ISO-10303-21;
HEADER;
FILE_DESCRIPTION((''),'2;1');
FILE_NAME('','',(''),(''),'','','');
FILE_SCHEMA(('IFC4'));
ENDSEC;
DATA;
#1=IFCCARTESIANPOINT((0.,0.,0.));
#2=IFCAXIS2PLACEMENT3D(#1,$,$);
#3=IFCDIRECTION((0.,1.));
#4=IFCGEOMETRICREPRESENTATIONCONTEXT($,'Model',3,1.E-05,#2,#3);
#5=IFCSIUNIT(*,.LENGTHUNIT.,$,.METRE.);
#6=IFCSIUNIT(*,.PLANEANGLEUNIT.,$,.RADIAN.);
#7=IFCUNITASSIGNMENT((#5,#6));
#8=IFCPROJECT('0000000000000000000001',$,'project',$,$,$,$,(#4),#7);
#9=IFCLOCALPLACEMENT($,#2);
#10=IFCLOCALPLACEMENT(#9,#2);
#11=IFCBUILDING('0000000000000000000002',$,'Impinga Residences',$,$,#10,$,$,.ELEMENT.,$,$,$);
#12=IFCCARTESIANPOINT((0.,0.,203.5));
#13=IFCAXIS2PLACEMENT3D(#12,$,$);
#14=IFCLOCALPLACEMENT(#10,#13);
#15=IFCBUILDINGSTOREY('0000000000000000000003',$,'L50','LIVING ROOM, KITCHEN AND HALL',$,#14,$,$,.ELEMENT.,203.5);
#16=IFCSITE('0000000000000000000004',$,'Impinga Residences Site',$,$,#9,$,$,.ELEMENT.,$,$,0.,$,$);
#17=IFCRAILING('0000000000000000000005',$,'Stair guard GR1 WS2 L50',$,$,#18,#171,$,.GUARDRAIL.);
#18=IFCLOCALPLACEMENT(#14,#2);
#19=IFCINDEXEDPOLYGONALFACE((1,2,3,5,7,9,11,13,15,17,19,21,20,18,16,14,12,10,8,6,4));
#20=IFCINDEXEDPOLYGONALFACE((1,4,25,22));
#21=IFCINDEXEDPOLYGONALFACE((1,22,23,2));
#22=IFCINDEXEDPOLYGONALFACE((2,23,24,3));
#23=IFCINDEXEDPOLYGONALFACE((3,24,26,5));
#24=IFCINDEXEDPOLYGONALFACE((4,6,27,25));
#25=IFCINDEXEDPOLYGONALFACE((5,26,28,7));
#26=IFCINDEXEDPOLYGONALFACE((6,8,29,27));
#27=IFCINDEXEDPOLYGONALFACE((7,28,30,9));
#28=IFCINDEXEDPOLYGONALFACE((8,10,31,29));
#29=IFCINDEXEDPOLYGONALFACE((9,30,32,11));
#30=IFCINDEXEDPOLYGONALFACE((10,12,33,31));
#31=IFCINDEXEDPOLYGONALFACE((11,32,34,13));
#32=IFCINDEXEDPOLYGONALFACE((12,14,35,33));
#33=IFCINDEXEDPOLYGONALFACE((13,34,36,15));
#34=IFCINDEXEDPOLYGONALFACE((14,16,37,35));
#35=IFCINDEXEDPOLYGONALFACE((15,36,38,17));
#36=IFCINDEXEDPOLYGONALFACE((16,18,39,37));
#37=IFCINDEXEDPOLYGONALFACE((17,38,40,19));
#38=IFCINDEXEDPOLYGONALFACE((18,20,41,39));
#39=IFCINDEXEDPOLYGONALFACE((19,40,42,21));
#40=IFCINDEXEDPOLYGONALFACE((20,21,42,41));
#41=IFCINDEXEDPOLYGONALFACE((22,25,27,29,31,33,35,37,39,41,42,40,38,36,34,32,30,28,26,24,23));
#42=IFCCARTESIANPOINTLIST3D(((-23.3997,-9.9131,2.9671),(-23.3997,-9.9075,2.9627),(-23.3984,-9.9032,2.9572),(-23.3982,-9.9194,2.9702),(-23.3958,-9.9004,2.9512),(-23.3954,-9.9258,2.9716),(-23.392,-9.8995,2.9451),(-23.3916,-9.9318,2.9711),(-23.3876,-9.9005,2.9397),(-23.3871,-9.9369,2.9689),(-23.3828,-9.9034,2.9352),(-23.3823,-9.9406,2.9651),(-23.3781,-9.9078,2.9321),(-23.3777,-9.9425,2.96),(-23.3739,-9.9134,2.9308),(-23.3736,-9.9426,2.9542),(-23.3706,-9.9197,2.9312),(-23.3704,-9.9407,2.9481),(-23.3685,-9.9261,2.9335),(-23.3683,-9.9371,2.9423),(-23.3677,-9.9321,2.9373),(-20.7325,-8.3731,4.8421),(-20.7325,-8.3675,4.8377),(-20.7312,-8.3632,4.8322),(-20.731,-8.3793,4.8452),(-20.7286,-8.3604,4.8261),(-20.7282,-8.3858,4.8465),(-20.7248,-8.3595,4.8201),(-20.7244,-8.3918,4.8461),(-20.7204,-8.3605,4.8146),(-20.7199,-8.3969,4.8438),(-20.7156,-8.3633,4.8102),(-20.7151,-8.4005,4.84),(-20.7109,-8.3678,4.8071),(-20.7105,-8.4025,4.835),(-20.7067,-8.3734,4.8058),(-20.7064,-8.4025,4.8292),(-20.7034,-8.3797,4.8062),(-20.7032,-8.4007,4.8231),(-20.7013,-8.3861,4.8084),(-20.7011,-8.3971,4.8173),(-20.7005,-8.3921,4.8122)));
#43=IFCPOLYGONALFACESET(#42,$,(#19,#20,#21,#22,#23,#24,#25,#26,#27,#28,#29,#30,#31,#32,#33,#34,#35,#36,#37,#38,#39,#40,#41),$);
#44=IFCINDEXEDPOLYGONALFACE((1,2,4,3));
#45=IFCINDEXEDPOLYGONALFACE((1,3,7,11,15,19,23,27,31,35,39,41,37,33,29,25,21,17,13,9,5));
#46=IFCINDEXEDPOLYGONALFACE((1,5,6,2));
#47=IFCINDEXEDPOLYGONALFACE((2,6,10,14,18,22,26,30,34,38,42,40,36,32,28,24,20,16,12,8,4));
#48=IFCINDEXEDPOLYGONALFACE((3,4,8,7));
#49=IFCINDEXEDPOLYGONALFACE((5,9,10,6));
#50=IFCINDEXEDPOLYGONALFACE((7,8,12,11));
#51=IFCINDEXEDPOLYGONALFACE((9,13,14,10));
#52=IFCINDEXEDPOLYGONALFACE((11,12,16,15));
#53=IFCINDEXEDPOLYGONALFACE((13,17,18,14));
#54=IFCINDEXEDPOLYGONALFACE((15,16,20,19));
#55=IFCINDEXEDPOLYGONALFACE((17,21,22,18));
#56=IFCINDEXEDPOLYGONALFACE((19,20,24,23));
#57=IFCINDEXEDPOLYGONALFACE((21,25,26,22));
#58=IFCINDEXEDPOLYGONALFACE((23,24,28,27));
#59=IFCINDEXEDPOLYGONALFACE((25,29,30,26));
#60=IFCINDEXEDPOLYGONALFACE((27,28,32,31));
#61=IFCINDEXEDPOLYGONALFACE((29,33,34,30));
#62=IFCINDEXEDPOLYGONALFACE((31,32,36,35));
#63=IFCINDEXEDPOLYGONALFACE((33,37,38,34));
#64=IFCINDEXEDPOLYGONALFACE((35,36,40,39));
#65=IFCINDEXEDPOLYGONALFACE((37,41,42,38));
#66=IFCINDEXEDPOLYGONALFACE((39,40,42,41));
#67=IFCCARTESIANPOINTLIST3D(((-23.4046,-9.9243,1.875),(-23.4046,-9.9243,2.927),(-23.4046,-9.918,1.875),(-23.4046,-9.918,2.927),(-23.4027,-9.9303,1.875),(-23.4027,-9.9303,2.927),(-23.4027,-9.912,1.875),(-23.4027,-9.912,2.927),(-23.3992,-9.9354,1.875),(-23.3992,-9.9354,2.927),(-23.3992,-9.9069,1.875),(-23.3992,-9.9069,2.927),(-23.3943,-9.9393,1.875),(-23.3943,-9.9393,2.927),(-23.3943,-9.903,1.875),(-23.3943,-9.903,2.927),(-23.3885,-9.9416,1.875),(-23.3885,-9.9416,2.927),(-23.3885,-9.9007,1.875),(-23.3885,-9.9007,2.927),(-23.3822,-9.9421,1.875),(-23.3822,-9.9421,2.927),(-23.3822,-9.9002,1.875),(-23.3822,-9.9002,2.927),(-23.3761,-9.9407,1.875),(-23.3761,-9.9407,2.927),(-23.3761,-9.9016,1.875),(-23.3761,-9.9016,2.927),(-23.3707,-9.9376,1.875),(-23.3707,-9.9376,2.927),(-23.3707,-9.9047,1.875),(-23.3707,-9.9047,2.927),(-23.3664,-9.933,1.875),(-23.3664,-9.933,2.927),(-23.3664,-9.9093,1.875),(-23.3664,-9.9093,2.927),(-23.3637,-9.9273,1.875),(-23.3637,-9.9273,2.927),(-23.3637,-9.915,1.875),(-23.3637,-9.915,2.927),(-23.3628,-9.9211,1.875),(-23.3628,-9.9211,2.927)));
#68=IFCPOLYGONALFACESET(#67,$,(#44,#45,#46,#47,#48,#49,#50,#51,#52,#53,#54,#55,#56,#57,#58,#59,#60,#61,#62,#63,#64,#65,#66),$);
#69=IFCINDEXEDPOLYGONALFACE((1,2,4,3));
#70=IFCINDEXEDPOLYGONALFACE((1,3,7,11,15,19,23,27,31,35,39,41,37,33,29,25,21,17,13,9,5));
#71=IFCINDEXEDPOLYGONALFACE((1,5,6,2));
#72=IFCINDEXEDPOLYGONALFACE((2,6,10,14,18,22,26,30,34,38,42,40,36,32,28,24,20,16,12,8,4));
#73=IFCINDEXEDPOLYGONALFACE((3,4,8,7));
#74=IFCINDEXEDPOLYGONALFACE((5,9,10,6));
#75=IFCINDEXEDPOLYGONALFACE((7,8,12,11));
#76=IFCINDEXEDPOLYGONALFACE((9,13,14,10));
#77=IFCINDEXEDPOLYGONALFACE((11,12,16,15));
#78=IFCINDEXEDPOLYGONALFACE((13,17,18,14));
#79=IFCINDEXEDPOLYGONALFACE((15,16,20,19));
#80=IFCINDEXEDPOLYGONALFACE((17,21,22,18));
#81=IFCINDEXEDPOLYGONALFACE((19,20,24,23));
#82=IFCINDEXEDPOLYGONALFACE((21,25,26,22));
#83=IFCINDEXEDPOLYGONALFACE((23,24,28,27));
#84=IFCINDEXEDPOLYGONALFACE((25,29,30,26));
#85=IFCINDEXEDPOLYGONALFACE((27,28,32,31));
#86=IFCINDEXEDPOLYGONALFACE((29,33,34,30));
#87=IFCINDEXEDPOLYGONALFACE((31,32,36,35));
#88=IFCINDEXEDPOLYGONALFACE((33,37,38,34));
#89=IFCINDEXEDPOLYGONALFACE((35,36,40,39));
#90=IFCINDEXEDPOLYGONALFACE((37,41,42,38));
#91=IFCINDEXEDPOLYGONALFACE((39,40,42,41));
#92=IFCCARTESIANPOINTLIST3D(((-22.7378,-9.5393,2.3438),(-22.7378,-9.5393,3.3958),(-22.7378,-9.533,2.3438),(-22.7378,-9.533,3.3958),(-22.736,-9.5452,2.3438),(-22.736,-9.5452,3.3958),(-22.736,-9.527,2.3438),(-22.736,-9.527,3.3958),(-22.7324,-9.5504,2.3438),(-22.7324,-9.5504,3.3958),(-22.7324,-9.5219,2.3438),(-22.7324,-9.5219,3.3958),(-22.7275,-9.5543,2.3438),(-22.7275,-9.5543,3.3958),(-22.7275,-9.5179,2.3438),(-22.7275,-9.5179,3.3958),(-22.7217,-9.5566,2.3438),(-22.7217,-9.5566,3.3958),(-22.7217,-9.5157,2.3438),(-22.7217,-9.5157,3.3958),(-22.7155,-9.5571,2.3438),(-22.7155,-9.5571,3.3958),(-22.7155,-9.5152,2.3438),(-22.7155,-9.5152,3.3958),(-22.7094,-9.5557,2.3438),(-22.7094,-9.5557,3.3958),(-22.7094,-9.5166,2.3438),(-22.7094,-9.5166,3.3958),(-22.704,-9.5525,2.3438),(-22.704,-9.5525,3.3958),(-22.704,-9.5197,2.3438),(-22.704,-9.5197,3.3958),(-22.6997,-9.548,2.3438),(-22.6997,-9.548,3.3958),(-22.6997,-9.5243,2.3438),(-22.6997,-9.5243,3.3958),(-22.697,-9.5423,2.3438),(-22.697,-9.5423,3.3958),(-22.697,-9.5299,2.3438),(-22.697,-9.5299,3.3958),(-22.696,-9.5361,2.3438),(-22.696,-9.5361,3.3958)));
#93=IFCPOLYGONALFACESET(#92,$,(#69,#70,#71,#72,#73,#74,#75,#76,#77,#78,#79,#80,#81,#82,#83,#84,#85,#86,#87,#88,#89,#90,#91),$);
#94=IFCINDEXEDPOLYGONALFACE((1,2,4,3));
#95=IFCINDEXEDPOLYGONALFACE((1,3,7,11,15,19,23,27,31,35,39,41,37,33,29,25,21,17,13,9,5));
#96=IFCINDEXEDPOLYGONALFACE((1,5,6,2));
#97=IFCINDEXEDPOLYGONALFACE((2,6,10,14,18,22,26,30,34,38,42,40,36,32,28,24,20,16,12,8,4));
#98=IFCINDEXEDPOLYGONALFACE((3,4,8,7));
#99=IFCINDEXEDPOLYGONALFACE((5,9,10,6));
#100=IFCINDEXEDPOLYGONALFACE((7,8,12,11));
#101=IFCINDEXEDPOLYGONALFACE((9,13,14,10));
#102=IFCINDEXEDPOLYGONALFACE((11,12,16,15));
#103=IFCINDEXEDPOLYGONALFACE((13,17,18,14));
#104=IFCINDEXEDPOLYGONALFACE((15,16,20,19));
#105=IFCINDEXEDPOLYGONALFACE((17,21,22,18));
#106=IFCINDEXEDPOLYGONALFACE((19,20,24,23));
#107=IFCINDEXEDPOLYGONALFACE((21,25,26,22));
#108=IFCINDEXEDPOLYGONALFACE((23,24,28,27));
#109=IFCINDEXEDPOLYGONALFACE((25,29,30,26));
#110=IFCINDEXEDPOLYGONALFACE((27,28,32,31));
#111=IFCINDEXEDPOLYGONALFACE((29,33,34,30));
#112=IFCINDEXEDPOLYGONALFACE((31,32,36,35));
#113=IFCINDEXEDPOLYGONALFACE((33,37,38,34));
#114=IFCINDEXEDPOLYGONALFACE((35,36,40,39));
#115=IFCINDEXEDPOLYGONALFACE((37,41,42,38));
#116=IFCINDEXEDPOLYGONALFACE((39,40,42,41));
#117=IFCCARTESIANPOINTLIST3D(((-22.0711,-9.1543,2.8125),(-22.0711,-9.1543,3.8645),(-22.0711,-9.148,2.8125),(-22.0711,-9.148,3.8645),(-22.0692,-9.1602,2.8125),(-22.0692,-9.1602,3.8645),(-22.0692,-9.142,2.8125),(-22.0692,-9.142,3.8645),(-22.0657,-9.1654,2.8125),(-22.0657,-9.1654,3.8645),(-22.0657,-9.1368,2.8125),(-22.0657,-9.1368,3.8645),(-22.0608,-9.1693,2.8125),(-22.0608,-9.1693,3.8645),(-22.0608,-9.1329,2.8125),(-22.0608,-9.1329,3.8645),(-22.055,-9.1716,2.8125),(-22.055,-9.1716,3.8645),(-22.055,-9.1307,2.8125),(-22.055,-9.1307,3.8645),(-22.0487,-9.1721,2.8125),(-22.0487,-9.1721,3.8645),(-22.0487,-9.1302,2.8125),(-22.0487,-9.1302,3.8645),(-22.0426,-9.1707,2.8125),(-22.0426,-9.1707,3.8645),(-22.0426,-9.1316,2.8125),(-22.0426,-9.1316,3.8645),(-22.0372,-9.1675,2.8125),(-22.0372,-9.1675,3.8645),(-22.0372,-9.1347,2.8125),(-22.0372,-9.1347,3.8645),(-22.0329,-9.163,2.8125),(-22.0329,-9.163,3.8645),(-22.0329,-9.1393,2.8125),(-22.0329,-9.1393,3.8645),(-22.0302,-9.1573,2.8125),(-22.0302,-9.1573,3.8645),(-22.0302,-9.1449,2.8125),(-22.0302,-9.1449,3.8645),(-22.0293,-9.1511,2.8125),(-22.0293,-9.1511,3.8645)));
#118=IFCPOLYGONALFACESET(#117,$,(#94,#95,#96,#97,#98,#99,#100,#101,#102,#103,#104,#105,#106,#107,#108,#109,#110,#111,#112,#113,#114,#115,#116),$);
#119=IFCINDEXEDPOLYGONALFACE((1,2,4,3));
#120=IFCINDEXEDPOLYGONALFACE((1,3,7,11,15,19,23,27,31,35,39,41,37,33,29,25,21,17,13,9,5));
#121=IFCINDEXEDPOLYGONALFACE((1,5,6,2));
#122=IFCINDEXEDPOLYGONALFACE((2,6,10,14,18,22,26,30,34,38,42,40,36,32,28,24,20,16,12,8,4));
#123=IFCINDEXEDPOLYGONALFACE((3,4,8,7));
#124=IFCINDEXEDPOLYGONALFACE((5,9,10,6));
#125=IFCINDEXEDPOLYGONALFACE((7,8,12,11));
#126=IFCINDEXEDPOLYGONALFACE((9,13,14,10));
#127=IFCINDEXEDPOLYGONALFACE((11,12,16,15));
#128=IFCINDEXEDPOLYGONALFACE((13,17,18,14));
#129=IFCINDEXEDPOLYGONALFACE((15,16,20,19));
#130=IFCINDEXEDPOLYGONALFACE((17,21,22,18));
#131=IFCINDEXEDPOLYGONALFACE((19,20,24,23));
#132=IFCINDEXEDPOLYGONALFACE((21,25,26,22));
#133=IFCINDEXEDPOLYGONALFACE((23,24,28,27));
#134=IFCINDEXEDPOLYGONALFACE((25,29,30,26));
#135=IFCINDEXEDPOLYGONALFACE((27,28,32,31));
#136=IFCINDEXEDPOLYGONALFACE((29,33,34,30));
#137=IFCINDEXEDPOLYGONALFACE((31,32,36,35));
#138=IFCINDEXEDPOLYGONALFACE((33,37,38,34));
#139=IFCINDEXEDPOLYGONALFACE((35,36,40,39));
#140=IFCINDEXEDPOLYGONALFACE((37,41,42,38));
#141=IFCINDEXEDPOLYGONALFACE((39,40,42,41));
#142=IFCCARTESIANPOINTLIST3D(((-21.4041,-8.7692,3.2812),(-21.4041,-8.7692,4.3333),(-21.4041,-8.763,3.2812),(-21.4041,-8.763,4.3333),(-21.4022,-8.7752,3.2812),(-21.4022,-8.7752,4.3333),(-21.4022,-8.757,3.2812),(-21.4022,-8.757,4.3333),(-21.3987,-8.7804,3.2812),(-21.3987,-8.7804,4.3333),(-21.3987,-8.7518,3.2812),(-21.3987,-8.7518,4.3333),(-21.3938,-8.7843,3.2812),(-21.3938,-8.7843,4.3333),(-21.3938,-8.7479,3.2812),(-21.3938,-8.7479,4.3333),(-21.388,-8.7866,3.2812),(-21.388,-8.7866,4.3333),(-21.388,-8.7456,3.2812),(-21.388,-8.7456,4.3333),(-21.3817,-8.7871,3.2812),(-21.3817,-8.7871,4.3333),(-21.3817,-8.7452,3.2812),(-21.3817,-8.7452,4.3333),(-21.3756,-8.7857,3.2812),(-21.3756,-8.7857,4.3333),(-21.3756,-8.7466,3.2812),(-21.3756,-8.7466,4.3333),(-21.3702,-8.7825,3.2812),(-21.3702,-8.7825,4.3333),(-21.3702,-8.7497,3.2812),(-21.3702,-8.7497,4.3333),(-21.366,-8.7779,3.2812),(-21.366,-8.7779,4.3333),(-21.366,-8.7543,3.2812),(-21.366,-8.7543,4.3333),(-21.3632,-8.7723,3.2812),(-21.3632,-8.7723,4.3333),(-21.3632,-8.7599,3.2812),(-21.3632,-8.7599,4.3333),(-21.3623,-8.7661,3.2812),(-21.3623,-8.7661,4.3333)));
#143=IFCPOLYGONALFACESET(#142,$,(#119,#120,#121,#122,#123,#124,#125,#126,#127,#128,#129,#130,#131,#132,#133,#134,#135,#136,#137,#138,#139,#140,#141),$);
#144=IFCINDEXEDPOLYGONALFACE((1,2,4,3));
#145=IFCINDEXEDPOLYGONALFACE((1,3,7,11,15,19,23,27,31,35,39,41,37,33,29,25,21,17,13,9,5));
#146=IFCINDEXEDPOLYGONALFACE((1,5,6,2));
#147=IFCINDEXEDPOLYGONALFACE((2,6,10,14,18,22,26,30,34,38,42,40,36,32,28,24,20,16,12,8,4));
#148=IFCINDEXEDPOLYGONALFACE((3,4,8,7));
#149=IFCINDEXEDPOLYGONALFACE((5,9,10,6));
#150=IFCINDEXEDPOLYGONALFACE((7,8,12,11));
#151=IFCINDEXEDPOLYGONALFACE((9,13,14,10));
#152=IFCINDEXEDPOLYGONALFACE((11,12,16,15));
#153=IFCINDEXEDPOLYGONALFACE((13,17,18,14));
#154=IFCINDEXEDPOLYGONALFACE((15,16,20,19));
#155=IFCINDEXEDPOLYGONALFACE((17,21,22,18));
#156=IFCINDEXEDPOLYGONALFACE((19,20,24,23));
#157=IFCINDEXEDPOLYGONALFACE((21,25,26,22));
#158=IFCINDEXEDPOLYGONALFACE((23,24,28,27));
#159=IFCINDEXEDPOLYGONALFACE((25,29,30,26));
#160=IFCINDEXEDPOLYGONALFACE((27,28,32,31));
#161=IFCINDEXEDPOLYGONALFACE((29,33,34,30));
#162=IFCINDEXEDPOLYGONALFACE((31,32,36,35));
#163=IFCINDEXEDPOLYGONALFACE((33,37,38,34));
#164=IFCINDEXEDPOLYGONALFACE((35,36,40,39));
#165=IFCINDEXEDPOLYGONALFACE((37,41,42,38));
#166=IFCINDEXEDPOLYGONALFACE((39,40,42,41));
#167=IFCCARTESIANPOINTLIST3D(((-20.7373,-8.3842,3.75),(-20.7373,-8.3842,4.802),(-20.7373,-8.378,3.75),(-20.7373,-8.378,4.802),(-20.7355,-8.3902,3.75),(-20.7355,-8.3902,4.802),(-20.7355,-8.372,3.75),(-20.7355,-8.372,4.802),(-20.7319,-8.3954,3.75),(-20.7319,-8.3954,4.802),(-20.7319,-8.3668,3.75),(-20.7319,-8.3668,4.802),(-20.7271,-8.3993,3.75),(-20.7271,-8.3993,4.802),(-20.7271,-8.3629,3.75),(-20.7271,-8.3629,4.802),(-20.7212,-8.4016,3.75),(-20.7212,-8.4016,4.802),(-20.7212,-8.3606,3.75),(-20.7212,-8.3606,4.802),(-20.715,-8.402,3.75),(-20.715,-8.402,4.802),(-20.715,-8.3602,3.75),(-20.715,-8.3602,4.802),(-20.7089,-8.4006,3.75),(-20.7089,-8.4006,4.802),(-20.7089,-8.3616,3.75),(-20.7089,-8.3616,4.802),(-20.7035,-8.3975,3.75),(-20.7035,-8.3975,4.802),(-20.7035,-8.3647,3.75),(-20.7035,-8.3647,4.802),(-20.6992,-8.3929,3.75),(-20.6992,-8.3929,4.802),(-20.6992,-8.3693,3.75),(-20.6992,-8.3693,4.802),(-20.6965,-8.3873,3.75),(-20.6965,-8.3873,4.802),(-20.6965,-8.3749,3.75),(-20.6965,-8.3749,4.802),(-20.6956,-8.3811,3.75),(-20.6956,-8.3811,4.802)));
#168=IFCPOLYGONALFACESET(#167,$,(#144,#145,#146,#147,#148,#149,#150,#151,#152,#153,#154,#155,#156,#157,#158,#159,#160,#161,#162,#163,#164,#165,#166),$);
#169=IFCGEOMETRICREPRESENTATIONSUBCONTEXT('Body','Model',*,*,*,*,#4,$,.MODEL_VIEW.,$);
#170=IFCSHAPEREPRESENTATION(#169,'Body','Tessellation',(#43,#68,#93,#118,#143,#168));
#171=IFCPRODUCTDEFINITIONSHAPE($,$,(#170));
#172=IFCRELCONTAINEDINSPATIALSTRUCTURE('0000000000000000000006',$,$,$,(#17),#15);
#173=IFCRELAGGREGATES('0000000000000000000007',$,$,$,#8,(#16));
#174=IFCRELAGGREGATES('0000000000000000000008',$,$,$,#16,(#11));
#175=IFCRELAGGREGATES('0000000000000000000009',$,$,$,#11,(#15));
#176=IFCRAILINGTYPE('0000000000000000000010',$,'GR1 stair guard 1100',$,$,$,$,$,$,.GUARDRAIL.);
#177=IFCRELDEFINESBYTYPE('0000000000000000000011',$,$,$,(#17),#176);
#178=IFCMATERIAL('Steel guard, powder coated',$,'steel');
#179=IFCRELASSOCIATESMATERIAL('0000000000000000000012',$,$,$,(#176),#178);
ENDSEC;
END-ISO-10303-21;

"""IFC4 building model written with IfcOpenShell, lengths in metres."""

from ifc_helpers import new_model, si_unit, direction, frame, origin, origin_2d, place, context, subcontext, project, spatial, circle, extrude, material, type_object, element, save


model = new_model("IFC4")

# Units and contexts
model_context = context("Model", 3, precision=1e-05, world=origin(), true_north=direction((0.0, 1.0)))
body_context = subcontext(model_context, "Body", "Model", "MODEL_VIEW")
ifc_project = project(units=[si_unit("LENGTHUNIT", "METRE"), si_unit("PLANEANGLEUNIT", "RADIAN")], contexts=[model_context])

# Site, building, storey
site_placement = place(None, origin())
site = spatial("IfcSite", under=ifc_project, at=site_placement, Name="Impinga Residences Site", CompositionType="ELEMENT", RefElevation=0.0)
building_placement = place(site_placement, origin())
building = spatial("IfcBuilding", under=site, at=building_placement, Name="Impinga Residences", CompositionType="ELEMENT")
storey_placement = place(building_placement, frame((0.0, 0.0, 203.5)))
storey = spatial("IfcBuildingStorey", under=building, at=storey_placement, Name="L50", Description="LIVING ROOM, KITCHEN AND HALL", CompositionType="ELEMENT", Elevation=203.5)

# Railing
ifc_material_1 = material(Name="Steel guard, powder coated", Category="steel")
railing_type_1 = type_object("IfcRailingType", Name="GR1 stair guard 1100", PredefinedType="GUARDRAIL", material=ifc_material_1)
railing_1_placement = place(storey_placement, frame((-23.3838, -9.9211, 1.875)))
element("IfcRailing", 1, at=railing_1_placement, inside=storey, type_object=railing_type_1, Name="Stair guard GR1 WS2 L50", PredefinedType="GUARDRAIL", context=body_context, shape_type="SweptSolid", body=[
    extrude(circle(Radius=0.0239, at=origin_2d()), frame((0.0, 0.0, 1.0762), z_axis=(0.739716, 0.427105, 0.520002), x_axis=(-0.500027, 0.86601, 0.0)), (0.0, 0.0, 1.0), 3.6057),
    extrude(circle(Radius=0.021, at=origin_2d()), origin(), (0.0, 0.0, 1.0), 1.052),
    extrude(circle(Radius=0.021, at=origin_2d()), frame((0.6667, 0.385, 0.4688)), (0.0, 0.0, 1.0), 1.052),
    extrude(circle(Radius=0.021, at=origin_2d()), frame((1.3335, 0.77, 0.9375)), (0.0, 0.0, 1.0), 1.052),
    extrude(circle(Radius=0.021, at=origin_2d()), frame((2.0005, 1.155, 1.4062)), (0.0, 0.0, 1.0), 1.052),
    extrude(circle(Radius=0.021, at=origin_2d()), frame((2.6672, 1.54, 1.875)), (0.0, 0.0, 1.0), 1.052),
])

save(model, "model.ifc")
